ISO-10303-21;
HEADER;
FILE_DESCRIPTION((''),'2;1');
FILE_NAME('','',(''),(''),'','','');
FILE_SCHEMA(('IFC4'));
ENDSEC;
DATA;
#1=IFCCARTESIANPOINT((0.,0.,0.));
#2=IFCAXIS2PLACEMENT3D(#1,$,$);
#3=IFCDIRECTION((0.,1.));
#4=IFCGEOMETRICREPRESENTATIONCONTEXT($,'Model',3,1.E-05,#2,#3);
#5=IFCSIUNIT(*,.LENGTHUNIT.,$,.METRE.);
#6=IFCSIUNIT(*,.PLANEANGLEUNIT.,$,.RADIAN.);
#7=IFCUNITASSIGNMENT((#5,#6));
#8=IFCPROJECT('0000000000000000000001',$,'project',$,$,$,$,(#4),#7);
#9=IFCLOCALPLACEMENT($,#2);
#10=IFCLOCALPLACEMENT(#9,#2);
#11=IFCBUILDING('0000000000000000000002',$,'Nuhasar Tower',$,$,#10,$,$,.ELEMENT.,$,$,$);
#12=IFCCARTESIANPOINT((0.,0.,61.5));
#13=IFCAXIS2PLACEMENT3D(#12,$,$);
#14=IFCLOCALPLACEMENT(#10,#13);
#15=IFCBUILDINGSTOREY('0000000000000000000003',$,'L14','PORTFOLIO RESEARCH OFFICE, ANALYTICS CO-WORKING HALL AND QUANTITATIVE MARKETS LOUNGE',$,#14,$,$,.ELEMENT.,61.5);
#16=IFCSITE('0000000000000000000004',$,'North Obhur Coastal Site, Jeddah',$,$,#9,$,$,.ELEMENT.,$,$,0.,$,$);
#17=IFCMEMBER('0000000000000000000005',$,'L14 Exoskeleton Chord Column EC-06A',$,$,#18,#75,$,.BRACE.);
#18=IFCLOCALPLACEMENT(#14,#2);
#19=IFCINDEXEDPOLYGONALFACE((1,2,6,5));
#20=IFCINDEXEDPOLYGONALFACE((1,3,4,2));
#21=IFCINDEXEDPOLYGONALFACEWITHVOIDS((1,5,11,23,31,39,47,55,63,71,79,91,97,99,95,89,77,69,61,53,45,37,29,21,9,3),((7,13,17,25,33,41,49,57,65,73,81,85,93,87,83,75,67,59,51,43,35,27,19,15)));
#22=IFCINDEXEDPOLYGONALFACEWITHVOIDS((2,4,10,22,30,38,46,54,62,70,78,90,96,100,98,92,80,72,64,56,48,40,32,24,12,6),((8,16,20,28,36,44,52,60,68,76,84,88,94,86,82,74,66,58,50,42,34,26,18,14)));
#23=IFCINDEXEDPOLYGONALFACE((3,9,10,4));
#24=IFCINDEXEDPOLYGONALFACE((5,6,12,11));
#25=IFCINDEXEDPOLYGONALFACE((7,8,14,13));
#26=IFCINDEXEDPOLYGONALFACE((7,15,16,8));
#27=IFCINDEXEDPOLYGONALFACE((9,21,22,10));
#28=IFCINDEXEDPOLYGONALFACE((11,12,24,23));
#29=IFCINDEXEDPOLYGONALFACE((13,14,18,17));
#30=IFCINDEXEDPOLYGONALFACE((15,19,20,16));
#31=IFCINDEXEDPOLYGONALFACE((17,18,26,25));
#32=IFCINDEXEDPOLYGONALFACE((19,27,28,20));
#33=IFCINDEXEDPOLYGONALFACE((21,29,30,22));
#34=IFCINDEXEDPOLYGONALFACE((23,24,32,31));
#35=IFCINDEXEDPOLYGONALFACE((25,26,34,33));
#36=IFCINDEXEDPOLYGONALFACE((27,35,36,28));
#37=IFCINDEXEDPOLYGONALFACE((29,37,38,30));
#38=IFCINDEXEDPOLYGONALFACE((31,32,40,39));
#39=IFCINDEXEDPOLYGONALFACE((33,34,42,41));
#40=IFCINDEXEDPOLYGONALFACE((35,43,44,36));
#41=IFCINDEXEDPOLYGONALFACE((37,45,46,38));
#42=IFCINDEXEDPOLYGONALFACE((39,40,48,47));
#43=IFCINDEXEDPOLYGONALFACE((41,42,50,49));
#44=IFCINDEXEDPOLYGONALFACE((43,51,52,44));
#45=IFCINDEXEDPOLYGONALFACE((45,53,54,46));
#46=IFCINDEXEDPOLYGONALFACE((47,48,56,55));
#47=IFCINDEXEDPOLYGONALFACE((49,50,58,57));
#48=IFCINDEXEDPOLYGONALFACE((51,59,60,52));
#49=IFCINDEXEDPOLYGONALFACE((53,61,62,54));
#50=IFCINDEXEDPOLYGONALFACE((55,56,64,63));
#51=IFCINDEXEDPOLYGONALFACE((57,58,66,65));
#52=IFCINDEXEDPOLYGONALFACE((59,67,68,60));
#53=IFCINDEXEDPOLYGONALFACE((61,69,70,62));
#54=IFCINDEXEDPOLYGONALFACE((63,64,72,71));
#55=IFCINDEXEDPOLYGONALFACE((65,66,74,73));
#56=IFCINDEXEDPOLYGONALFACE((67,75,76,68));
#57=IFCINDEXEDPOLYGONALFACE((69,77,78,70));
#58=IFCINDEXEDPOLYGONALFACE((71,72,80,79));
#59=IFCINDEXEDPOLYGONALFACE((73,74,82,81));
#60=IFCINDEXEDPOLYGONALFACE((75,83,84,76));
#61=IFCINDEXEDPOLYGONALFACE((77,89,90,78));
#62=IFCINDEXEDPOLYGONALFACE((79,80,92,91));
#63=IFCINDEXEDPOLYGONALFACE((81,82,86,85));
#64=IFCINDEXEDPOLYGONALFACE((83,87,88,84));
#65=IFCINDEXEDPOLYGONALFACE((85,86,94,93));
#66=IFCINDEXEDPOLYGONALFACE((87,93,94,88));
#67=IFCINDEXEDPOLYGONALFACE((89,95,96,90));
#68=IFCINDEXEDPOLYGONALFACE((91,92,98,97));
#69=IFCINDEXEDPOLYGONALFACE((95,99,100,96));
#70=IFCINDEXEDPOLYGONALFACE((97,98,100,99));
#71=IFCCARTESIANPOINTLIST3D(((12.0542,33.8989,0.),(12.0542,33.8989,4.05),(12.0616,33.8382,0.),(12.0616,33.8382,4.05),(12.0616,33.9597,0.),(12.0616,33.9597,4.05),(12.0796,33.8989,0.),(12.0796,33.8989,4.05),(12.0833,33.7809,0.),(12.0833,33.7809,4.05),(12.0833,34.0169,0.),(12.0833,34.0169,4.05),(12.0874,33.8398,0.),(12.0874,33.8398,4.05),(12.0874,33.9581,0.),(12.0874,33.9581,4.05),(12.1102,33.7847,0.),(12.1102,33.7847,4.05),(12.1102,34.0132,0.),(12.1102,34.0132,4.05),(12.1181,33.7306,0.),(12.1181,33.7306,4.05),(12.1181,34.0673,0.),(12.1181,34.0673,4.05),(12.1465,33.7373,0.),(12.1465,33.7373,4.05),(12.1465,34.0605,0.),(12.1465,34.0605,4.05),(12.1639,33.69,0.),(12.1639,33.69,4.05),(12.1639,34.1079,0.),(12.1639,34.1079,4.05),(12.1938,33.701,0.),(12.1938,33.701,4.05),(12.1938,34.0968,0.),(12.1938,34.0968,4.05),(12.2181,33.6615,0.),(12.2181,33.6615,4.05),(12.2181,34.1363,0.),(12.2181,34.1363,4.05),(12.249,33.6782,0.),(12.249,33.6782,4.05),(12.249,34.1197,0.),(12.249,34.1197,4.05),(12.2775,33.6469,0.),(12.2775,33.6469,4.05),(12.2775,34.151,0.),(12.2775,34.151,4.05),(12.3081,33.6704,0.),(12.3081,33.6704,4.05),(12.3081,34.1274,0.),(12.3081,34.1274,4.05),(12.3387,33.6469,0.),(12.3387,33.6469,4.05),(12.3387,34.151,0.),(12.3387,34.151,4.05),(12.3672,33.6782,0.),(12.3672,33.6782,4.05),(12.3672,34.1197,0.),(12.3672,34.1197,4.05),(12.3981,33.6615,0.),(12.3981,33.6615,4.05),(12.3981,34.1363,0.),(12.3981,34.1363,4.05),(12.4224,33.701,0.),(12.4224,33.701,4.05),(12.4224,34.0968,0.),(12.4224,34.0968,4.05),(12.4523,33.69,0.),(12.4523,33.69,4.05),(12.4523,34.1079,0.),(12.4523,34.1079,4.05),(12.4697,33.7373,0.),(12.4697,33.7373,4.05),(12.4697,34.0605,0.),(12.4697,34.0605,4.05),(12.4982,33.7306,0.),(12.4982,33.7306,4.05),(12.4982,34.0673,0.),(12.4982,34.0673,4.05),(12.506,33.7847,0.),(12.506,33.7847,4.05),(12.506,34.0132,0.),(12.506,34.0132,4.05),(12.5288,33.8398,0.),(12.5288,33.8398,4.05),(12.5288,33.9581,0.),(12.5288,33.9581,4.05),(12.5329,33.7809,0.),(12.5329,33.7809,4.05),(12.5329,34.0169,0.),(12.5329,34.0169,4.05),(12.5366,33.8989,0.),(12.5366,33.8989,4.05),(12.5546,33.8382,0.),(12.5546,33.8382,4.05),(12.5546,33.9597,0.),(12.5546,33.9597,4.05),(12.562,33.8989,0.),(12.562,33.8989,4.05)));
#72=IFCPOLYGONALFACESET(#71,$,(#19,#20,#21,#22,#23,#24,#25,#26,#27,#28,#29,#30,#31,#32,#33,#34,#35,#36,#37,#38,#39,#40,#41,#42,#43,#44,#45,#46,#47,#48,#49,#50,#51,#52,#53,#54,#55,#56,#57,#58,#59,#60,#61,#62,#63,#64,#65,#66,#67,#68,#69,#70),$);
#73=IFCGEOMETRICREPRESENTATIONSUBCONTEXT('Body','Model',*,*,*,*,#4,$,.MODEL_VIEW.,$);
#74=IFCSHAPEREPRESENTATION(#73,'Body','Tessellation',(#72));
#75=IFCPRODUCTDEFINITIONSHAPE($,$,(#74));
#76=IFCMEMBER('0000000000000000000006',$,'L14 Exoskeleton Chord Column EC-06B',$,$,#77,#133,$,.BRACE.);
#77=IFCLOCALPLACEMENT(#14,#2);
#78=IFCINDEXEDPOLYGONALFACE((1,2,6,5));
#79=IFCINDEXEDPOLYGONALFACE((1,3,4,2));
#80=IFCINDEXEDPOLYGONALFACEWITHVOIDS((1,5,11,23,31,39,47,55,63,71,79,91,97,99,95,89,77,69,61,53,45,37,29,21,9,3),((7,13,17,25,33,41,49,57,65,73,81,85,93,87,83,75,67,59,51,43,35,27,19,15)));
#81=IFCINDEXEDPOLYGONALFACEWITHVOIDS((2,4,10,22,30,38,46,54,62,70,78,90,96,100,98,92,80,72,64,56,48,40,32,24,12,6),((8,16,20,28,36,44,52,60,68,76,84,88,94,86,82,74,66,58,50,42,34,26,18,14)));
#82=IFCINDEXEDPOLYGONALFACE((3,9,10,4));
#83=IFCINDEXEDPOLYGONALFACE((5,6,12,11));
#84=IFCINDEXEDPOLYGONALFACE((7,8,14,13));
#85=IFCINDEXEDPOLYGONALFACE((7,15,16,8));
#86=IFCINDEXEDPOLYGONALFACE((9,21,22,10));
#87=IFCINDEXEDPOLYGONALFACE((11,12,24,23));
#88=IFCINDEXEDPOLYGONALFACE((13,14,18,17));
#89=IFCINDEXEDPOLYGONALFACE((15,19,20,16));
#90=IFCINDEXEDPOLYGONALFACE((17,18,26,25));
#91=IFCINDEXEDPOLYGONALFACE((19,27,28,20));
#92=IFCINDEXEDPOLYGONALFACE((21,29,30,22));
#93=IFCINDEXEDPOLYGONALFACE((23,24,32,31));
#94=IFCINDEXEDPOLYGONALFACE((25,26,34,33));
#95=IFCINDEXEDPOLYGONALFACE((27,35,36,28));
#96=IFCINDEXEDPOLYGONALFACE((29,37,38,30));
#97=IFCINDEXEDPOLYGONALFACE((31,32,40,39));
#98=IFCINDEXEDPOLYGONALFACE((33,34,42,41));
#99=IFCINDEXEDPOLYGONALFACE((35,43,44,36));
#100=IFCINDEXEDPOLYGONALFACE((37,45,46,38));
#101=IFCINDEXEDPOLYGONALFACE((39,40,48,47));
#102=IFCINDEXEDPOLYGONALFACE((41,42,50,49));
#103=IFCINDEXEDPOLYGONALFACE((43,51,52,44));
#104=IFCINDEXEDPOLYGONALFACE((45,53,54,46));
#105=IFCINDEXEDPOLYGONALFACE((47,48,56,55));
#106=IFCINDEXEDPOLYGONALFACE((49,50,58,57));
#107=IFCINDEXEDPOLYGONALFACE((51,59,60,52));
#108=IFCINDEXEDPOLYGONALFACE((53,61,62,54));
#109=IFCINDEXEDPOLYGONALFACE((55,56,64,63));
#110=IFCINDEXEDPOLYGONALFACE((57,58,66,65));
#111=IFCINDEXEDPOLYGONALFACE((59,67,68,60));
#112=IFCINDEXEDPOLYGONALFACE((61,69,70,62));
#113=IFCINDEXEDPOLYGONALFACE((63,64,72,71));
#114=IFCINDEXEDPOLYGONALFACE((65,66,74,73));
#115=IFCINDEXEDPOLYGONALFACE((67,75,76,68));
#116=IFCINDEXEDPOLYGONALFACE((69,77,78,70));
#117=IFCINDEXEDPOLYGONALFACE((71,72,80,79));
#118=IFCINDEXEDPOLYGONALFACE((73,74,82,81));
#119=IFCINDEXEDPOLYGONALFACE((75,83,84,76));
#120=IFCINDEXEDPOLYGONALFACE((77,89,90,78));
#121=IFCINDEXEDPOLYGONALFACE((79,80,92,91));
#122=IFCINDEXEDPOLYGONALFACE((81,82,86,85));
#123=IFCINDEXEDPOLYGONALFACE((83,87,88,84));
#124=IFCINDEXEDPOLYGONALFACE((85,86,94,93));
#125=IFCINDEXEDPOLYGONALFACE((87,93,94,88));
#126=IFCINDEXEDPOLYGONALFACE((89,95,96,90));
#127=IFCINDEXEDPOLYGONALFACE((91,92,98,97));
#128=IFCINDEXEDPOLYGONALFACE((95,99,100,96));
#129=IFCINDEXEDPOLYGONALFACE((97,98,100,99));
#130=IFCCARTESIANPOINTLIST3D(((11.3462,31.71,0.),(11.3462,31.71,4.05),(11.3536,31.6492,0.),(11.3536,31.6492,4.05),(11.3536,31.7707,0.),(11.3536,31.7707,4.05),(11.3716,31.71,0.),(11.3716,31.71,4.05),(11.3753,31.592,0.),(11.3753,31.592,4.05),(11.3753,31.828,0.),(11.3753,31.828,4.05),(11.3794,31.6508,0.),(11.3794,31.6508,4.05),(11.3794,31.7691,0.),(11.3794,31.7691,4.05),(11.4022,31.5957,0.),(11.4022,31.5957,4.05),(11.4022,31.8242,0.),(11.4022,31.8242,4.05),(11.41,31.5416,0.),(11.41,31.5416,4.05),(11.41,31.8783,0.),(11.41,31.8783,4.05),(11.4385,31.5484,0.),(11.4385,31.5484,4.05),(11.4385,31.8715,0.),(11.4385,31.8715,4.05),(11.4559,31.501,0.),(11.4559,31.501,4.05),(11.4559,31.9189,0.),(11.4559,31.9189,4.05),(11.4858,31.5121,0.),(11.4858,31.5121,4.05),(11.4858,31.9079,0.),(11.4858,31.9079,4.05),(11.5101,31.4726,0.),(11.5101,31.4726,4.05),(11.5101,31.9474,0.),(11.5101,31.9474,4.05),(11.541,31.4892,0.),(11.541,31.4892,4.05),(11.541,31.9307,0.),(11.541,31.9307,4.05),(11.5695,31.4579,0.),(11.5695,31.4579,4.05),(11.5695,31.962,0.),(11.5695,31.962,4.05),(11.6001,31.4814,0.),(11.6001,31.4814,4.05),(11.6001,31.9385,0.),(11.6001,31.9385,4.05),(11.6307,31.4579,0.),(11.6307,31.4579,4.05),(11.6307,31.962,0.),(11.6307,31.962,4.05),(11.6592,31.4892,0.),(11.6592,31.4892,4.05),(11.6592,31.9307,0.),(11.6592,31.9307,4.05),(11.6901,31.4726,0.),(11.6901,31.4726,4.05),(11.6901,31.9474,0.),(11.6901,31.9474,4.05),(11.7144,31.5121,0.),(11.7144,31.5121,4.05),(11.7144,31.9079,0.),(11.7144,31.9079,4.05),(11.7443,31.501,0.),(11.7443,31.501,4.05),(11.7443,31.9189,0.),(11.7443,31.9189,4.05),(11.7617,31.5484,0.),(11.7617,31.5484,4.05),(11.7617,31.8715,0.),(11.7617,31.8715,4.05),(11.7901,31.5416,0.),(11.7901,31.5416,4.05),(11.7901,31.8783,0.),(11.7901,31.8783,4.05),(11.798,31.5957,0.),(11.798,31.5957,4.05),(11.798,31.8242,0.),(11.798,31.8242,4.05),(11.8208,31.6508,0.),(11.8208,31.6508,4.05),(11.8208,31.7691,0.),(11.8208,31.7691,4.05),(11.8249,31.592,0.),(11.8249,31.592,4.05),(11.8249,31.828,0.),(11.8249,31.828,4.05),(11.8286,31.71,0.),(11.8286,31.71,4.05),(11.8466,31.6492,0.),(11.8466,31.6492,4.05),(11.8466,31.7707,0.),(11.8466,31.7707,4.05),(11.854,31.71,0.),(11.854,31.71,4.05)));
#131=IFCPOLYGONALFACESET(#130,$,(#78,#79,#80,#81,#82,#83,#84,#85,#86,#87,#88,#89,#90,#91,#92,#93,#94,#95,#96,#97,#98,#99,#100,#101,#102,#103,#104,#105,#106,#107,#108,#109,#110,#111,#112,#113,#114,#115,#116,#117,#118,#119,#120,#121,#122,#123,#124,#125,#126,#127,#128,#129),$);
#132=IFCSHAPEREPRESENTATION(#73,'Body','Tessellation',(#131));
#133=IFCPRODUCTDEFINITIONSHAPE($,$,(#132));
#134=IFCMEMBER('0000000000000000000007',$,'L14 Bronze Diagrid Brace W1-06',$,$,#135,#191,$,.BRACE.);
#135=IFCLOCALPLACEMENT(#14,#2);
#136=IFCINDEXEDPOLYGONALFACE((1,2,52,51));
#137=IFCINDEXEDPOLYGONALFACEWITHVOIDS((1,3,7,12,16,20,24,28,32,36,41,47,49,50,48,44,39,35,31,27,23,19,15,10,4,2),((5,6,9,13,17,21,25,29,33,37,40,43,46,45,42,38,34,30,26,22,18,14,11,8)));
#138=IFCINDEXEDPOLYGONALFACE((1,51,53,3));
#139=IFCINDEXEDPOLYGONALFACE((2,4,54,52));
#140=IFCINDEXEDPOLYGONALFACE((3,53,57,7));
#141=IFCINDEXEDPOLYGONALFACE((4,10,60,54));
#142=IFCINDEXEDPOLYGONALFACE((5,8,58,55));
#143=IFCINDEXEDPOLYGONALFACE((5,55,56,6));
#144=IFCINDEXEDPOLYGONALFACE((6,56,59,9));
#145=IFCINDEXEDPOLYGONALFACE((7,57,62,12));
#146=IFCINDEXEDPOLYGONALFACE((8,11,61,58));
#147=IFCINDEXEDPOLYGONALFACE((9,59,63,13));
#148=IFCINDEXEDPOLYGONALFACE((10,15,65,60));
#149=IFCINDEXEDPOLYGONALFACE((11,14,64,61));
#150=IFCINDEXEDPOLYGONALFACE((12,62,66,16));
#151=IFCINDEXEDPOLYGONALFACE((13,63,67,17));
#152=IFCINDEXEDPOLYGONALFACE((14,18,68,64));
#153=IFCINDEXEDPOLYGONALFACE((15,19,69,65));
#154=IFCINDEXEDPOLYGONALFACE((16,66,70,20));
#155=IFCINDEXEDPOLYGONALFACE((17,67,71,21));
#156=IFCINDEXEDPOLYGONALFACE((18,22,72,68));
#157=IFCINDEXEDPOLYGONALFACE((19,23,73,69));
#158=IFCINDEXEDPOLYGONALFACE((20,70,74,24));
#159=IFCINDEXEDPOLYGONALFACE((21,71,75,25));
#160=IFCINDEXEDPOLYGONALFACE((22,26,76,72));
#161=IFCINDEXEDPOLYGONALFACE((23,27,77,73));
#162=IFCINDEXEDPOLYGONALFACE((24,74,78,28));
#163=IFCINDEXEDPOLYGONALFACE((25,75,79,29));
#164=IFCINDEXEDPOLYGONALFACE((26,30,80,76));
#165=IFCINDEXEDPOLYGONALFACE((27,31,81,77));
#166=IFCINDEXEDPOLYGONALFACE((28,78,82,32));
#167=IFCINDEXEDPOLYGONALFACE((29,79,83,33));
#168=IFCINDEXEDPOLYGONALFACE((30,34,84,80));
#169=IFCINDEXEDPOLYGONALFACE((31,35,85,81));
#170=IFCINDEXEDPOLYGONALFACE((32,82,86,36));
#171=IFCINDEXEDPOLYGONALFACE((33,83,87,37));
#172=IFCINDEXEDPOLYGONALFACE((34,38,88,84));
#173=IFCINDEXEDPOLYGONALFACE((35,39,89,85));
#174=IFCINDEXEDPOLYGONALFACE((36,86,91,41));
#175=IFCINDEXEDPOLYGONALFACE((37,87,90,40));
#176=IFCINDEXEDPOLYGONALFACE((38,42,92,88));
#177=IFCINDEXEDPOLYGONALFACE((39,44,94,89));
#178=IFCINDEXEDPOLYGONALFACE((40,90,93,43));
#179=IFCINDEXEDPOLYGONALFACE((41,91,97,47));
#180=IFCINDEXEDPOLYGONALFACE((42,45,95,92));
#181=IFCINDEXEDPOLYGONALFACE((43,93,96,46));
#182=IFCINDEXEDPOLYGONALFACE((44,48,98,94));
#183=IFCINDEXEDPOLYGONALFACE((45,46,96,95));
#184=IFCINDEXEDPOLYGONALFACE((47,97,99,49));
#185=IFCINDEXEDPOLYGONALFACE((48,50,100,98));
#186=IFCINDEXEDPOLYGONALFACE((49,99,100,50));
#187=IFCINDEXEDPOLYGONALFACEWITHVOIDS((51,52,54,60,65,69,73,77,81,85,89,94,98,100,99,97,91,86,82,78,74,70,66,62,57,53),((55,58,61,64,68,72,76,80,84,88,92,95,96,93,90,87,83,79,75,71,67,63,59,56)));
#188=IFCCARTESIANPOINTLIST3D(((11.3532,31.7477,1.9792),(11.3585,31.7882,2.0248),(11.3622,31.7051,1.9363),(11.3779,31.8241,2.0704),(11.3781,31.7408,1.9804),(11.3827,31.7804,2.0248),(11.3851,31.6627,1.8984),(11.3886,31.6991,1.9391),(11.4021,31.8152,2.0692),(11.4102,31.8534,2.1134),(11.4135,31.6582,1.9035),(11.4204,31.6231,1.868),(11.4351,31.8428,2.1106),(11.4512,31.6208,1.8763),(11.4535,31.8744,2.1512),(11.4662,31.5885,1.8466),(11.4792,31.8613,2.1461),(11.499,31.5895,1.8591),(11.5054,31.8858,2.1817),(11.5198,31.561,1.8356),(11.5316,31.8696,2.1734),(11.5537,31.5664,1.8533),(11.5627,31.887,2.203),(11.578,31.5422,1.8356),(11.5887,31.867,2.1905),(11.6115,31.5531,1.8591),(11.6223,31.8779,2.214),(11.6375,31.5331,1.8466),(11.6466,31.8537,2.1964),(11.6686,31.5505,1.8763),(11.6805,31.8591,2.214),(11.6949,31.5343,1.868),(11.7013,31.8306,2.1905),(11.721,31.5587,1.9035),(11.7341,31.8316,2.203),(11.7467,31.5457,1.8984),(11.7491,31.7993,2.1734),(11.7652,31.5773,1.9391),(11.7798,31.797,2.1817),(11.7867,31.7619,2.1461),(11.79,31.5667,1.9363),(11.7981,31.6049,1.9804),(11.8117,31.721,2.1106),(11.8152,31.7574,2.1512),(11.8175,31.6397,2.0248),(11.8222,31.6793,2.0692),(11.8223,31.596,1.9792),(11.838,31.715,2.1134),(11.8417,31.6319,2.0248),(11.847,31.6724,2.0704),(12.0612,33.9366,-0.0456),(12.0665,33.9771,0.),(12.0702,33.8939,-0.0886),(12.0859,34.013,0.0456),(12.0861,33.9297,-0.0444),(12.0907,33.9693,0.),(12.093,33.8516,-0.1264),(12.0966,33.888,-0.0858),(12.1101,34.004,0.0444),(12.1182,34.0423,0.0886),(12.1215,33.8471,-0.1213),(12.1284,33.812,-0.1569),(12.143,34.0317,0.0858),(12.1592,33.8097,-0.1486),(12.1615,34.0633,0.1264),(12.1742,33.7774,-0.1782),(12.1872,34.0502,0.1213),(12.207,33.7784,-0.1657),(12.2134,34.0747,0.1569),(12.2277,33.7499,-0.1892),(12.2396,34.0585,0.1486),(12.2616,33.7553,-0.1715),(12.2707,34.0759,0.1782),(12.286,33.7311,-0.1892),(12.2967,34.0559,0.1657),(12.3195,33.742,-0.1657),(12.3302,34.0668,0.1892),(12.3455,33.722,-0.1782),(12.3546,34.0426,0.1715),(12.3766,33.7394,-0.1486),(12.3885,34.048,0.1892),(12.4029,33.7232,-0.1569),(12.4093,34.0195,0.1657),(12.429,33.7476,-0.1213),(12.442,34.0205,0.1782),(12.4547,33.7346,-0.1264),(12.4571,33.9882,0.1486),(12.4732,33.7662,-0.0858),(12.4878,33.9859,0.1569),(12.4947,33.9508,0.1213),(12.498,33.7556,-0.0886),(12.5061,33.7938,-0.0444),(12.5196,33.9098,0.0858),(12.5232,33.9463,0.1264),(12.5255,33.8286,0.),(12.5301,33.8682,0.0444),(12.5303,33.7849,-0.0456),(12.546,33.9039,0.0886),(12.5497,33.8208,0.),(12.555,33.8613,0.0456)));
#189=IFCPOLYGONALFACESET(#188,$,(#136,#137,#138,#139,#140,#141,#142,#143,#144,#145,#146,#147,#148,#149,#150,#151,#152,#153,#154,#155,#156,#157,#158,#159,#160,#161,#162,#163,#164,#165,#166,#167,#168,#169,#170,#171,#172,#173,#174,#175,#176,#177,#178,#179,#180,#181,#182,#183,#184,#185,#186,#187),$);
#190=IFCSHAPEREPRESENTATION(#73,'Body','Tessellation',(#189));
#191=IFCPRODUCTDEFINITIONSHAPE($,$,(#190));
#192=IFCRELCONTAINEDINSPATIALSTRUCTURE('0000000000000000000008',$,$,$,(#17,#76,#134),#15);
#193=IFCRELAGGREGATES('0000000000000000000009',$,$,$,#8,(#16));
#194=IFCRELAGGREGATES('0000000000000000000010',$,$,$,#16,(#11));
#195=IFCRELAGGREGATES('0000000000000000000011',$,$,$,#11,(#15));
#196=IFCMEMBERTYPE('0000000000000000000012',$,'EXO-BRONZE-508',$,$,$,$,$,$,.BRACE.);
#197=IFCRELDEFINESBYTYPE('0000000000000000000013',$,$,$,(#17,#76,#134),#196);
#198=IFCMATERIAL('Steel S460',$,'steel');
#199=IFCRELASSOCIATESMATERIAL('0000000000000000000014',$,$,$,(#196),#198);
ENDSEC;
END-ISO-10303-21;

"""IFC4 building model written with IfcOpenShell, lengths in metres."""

from ifc_helpers import new_model, si_unit, direction, frame, origin, origin_2d, place, context, subcontext, project, spatial, hollow_circle, extrude, material, material_profile, profile_set, type_object, element, save


model = new_model("IFC4")

# Units and contexts
model_context = context("Model", 3, precision=1e-05, world=origin(), true_north=direction((0.0, 1.0)))
body_context = subcontext(model_context, "Body", "Model", "MODEL_VIEW")
ifc_project = project(units=[si_unit("LENGTHUNIT", "METRE"), si_unit("PLANEANGLEUNIT", "RADIAN")], contexts=[model_context])

# Site, building, storey
site_placement = place(None, origin())
site = spatial("IfcSite", under=ifc_project, at=site_placement, Name="North Obhur Coastal Site, Jeddah", CompositionType="ELEMENT", RefElevation=0.0)
building_placement = place(site_placement, origin())
building = spatial("IfcBuilding", under=site, at=building_placement, Name="Nuhasar Tower", CompositionType="ELEMENT")
storey_placement = place(building_placement, frame((0.0, 0.0, 61.5)))
storey = spatial("IfcBuildingStorey", under=building, at=storey_placement, Name="L14", Description="PORTFOLIO RESEARCH OFFICE, ANALYTICS CO-WORKING HALL AND QUANTITATIVE MARKETS LOUNGE", CompositionType="ELEMENT", Elevation=61.5)

# Members
ifc_material_1 = material(Name="Steel S460", Category="steel")
ifc_material_profile_1 = material_profile(ifc_material_1, hollow_circle(Radius=0.2539, WallThickness=0.0254, at=origin_2d()), Name="HSS508X25.4")
ifc_profile_set_1 = profile_set([ifc_material_profile_1], Name="Steel S460")
member_type_1 = type_object("IfcMemberType", Name="EXO-BRONZE-508", PredefinedType="BRACE", material=ifc_profile_set_1)
for number, where, z_axis, x_axis, name in (
    (1, (12.3081, 33.8989, 0.0), (0.0, 0.0, 1.0), (1.0, 0.0, 0.0), "L14 Exoskeleton Chord Column EC-06A"),
    (2, (11.6001, 31.71, 0.0), (0.0, 0.0, 1.0), (1.0, 0.0, 0.0), "L14 Exoskeleton Chord Column EC-06B"),
):
    element("IfcMember", number, at=place(storey_placement, frame(where, z_axis=z_axis, x_axis=x_axis)), inside=storey, type_object=member_type_1, Name=name, PredefinedType="BRACE", context=body_context, shape_type="SweptSolid", body=[
        extrude(hollow_circle(Radius=0.2539, WallThickness=0.0254, at=origin_2d()), origin(), (0.0, 0.0, 1.0), 4.05),
    ])
member_1_placement = place(storey_placement, frame((12.3081, 33.8989, 0.0), z_axis=(-0.231012, -0.714225, 0.660694), x_axis=(0.951468, -0.307747, 0.0)))
element("IfcMember", 3, at=member_1_placement, inside=storey, type_object=member_type_1, Name="L14 Bronze Diagrid Brace W1-06", PredefinedType="BRACE", context=body_context, shape_type="SweptSolid", body=[
    extrude(hollow_circle(Radius=0.2539, WallThickness=0.0254, at=origin_2d()), origin(), (0.0, 0.0, 1.0), 3.0647),
])

save(model, "model.ifc")
